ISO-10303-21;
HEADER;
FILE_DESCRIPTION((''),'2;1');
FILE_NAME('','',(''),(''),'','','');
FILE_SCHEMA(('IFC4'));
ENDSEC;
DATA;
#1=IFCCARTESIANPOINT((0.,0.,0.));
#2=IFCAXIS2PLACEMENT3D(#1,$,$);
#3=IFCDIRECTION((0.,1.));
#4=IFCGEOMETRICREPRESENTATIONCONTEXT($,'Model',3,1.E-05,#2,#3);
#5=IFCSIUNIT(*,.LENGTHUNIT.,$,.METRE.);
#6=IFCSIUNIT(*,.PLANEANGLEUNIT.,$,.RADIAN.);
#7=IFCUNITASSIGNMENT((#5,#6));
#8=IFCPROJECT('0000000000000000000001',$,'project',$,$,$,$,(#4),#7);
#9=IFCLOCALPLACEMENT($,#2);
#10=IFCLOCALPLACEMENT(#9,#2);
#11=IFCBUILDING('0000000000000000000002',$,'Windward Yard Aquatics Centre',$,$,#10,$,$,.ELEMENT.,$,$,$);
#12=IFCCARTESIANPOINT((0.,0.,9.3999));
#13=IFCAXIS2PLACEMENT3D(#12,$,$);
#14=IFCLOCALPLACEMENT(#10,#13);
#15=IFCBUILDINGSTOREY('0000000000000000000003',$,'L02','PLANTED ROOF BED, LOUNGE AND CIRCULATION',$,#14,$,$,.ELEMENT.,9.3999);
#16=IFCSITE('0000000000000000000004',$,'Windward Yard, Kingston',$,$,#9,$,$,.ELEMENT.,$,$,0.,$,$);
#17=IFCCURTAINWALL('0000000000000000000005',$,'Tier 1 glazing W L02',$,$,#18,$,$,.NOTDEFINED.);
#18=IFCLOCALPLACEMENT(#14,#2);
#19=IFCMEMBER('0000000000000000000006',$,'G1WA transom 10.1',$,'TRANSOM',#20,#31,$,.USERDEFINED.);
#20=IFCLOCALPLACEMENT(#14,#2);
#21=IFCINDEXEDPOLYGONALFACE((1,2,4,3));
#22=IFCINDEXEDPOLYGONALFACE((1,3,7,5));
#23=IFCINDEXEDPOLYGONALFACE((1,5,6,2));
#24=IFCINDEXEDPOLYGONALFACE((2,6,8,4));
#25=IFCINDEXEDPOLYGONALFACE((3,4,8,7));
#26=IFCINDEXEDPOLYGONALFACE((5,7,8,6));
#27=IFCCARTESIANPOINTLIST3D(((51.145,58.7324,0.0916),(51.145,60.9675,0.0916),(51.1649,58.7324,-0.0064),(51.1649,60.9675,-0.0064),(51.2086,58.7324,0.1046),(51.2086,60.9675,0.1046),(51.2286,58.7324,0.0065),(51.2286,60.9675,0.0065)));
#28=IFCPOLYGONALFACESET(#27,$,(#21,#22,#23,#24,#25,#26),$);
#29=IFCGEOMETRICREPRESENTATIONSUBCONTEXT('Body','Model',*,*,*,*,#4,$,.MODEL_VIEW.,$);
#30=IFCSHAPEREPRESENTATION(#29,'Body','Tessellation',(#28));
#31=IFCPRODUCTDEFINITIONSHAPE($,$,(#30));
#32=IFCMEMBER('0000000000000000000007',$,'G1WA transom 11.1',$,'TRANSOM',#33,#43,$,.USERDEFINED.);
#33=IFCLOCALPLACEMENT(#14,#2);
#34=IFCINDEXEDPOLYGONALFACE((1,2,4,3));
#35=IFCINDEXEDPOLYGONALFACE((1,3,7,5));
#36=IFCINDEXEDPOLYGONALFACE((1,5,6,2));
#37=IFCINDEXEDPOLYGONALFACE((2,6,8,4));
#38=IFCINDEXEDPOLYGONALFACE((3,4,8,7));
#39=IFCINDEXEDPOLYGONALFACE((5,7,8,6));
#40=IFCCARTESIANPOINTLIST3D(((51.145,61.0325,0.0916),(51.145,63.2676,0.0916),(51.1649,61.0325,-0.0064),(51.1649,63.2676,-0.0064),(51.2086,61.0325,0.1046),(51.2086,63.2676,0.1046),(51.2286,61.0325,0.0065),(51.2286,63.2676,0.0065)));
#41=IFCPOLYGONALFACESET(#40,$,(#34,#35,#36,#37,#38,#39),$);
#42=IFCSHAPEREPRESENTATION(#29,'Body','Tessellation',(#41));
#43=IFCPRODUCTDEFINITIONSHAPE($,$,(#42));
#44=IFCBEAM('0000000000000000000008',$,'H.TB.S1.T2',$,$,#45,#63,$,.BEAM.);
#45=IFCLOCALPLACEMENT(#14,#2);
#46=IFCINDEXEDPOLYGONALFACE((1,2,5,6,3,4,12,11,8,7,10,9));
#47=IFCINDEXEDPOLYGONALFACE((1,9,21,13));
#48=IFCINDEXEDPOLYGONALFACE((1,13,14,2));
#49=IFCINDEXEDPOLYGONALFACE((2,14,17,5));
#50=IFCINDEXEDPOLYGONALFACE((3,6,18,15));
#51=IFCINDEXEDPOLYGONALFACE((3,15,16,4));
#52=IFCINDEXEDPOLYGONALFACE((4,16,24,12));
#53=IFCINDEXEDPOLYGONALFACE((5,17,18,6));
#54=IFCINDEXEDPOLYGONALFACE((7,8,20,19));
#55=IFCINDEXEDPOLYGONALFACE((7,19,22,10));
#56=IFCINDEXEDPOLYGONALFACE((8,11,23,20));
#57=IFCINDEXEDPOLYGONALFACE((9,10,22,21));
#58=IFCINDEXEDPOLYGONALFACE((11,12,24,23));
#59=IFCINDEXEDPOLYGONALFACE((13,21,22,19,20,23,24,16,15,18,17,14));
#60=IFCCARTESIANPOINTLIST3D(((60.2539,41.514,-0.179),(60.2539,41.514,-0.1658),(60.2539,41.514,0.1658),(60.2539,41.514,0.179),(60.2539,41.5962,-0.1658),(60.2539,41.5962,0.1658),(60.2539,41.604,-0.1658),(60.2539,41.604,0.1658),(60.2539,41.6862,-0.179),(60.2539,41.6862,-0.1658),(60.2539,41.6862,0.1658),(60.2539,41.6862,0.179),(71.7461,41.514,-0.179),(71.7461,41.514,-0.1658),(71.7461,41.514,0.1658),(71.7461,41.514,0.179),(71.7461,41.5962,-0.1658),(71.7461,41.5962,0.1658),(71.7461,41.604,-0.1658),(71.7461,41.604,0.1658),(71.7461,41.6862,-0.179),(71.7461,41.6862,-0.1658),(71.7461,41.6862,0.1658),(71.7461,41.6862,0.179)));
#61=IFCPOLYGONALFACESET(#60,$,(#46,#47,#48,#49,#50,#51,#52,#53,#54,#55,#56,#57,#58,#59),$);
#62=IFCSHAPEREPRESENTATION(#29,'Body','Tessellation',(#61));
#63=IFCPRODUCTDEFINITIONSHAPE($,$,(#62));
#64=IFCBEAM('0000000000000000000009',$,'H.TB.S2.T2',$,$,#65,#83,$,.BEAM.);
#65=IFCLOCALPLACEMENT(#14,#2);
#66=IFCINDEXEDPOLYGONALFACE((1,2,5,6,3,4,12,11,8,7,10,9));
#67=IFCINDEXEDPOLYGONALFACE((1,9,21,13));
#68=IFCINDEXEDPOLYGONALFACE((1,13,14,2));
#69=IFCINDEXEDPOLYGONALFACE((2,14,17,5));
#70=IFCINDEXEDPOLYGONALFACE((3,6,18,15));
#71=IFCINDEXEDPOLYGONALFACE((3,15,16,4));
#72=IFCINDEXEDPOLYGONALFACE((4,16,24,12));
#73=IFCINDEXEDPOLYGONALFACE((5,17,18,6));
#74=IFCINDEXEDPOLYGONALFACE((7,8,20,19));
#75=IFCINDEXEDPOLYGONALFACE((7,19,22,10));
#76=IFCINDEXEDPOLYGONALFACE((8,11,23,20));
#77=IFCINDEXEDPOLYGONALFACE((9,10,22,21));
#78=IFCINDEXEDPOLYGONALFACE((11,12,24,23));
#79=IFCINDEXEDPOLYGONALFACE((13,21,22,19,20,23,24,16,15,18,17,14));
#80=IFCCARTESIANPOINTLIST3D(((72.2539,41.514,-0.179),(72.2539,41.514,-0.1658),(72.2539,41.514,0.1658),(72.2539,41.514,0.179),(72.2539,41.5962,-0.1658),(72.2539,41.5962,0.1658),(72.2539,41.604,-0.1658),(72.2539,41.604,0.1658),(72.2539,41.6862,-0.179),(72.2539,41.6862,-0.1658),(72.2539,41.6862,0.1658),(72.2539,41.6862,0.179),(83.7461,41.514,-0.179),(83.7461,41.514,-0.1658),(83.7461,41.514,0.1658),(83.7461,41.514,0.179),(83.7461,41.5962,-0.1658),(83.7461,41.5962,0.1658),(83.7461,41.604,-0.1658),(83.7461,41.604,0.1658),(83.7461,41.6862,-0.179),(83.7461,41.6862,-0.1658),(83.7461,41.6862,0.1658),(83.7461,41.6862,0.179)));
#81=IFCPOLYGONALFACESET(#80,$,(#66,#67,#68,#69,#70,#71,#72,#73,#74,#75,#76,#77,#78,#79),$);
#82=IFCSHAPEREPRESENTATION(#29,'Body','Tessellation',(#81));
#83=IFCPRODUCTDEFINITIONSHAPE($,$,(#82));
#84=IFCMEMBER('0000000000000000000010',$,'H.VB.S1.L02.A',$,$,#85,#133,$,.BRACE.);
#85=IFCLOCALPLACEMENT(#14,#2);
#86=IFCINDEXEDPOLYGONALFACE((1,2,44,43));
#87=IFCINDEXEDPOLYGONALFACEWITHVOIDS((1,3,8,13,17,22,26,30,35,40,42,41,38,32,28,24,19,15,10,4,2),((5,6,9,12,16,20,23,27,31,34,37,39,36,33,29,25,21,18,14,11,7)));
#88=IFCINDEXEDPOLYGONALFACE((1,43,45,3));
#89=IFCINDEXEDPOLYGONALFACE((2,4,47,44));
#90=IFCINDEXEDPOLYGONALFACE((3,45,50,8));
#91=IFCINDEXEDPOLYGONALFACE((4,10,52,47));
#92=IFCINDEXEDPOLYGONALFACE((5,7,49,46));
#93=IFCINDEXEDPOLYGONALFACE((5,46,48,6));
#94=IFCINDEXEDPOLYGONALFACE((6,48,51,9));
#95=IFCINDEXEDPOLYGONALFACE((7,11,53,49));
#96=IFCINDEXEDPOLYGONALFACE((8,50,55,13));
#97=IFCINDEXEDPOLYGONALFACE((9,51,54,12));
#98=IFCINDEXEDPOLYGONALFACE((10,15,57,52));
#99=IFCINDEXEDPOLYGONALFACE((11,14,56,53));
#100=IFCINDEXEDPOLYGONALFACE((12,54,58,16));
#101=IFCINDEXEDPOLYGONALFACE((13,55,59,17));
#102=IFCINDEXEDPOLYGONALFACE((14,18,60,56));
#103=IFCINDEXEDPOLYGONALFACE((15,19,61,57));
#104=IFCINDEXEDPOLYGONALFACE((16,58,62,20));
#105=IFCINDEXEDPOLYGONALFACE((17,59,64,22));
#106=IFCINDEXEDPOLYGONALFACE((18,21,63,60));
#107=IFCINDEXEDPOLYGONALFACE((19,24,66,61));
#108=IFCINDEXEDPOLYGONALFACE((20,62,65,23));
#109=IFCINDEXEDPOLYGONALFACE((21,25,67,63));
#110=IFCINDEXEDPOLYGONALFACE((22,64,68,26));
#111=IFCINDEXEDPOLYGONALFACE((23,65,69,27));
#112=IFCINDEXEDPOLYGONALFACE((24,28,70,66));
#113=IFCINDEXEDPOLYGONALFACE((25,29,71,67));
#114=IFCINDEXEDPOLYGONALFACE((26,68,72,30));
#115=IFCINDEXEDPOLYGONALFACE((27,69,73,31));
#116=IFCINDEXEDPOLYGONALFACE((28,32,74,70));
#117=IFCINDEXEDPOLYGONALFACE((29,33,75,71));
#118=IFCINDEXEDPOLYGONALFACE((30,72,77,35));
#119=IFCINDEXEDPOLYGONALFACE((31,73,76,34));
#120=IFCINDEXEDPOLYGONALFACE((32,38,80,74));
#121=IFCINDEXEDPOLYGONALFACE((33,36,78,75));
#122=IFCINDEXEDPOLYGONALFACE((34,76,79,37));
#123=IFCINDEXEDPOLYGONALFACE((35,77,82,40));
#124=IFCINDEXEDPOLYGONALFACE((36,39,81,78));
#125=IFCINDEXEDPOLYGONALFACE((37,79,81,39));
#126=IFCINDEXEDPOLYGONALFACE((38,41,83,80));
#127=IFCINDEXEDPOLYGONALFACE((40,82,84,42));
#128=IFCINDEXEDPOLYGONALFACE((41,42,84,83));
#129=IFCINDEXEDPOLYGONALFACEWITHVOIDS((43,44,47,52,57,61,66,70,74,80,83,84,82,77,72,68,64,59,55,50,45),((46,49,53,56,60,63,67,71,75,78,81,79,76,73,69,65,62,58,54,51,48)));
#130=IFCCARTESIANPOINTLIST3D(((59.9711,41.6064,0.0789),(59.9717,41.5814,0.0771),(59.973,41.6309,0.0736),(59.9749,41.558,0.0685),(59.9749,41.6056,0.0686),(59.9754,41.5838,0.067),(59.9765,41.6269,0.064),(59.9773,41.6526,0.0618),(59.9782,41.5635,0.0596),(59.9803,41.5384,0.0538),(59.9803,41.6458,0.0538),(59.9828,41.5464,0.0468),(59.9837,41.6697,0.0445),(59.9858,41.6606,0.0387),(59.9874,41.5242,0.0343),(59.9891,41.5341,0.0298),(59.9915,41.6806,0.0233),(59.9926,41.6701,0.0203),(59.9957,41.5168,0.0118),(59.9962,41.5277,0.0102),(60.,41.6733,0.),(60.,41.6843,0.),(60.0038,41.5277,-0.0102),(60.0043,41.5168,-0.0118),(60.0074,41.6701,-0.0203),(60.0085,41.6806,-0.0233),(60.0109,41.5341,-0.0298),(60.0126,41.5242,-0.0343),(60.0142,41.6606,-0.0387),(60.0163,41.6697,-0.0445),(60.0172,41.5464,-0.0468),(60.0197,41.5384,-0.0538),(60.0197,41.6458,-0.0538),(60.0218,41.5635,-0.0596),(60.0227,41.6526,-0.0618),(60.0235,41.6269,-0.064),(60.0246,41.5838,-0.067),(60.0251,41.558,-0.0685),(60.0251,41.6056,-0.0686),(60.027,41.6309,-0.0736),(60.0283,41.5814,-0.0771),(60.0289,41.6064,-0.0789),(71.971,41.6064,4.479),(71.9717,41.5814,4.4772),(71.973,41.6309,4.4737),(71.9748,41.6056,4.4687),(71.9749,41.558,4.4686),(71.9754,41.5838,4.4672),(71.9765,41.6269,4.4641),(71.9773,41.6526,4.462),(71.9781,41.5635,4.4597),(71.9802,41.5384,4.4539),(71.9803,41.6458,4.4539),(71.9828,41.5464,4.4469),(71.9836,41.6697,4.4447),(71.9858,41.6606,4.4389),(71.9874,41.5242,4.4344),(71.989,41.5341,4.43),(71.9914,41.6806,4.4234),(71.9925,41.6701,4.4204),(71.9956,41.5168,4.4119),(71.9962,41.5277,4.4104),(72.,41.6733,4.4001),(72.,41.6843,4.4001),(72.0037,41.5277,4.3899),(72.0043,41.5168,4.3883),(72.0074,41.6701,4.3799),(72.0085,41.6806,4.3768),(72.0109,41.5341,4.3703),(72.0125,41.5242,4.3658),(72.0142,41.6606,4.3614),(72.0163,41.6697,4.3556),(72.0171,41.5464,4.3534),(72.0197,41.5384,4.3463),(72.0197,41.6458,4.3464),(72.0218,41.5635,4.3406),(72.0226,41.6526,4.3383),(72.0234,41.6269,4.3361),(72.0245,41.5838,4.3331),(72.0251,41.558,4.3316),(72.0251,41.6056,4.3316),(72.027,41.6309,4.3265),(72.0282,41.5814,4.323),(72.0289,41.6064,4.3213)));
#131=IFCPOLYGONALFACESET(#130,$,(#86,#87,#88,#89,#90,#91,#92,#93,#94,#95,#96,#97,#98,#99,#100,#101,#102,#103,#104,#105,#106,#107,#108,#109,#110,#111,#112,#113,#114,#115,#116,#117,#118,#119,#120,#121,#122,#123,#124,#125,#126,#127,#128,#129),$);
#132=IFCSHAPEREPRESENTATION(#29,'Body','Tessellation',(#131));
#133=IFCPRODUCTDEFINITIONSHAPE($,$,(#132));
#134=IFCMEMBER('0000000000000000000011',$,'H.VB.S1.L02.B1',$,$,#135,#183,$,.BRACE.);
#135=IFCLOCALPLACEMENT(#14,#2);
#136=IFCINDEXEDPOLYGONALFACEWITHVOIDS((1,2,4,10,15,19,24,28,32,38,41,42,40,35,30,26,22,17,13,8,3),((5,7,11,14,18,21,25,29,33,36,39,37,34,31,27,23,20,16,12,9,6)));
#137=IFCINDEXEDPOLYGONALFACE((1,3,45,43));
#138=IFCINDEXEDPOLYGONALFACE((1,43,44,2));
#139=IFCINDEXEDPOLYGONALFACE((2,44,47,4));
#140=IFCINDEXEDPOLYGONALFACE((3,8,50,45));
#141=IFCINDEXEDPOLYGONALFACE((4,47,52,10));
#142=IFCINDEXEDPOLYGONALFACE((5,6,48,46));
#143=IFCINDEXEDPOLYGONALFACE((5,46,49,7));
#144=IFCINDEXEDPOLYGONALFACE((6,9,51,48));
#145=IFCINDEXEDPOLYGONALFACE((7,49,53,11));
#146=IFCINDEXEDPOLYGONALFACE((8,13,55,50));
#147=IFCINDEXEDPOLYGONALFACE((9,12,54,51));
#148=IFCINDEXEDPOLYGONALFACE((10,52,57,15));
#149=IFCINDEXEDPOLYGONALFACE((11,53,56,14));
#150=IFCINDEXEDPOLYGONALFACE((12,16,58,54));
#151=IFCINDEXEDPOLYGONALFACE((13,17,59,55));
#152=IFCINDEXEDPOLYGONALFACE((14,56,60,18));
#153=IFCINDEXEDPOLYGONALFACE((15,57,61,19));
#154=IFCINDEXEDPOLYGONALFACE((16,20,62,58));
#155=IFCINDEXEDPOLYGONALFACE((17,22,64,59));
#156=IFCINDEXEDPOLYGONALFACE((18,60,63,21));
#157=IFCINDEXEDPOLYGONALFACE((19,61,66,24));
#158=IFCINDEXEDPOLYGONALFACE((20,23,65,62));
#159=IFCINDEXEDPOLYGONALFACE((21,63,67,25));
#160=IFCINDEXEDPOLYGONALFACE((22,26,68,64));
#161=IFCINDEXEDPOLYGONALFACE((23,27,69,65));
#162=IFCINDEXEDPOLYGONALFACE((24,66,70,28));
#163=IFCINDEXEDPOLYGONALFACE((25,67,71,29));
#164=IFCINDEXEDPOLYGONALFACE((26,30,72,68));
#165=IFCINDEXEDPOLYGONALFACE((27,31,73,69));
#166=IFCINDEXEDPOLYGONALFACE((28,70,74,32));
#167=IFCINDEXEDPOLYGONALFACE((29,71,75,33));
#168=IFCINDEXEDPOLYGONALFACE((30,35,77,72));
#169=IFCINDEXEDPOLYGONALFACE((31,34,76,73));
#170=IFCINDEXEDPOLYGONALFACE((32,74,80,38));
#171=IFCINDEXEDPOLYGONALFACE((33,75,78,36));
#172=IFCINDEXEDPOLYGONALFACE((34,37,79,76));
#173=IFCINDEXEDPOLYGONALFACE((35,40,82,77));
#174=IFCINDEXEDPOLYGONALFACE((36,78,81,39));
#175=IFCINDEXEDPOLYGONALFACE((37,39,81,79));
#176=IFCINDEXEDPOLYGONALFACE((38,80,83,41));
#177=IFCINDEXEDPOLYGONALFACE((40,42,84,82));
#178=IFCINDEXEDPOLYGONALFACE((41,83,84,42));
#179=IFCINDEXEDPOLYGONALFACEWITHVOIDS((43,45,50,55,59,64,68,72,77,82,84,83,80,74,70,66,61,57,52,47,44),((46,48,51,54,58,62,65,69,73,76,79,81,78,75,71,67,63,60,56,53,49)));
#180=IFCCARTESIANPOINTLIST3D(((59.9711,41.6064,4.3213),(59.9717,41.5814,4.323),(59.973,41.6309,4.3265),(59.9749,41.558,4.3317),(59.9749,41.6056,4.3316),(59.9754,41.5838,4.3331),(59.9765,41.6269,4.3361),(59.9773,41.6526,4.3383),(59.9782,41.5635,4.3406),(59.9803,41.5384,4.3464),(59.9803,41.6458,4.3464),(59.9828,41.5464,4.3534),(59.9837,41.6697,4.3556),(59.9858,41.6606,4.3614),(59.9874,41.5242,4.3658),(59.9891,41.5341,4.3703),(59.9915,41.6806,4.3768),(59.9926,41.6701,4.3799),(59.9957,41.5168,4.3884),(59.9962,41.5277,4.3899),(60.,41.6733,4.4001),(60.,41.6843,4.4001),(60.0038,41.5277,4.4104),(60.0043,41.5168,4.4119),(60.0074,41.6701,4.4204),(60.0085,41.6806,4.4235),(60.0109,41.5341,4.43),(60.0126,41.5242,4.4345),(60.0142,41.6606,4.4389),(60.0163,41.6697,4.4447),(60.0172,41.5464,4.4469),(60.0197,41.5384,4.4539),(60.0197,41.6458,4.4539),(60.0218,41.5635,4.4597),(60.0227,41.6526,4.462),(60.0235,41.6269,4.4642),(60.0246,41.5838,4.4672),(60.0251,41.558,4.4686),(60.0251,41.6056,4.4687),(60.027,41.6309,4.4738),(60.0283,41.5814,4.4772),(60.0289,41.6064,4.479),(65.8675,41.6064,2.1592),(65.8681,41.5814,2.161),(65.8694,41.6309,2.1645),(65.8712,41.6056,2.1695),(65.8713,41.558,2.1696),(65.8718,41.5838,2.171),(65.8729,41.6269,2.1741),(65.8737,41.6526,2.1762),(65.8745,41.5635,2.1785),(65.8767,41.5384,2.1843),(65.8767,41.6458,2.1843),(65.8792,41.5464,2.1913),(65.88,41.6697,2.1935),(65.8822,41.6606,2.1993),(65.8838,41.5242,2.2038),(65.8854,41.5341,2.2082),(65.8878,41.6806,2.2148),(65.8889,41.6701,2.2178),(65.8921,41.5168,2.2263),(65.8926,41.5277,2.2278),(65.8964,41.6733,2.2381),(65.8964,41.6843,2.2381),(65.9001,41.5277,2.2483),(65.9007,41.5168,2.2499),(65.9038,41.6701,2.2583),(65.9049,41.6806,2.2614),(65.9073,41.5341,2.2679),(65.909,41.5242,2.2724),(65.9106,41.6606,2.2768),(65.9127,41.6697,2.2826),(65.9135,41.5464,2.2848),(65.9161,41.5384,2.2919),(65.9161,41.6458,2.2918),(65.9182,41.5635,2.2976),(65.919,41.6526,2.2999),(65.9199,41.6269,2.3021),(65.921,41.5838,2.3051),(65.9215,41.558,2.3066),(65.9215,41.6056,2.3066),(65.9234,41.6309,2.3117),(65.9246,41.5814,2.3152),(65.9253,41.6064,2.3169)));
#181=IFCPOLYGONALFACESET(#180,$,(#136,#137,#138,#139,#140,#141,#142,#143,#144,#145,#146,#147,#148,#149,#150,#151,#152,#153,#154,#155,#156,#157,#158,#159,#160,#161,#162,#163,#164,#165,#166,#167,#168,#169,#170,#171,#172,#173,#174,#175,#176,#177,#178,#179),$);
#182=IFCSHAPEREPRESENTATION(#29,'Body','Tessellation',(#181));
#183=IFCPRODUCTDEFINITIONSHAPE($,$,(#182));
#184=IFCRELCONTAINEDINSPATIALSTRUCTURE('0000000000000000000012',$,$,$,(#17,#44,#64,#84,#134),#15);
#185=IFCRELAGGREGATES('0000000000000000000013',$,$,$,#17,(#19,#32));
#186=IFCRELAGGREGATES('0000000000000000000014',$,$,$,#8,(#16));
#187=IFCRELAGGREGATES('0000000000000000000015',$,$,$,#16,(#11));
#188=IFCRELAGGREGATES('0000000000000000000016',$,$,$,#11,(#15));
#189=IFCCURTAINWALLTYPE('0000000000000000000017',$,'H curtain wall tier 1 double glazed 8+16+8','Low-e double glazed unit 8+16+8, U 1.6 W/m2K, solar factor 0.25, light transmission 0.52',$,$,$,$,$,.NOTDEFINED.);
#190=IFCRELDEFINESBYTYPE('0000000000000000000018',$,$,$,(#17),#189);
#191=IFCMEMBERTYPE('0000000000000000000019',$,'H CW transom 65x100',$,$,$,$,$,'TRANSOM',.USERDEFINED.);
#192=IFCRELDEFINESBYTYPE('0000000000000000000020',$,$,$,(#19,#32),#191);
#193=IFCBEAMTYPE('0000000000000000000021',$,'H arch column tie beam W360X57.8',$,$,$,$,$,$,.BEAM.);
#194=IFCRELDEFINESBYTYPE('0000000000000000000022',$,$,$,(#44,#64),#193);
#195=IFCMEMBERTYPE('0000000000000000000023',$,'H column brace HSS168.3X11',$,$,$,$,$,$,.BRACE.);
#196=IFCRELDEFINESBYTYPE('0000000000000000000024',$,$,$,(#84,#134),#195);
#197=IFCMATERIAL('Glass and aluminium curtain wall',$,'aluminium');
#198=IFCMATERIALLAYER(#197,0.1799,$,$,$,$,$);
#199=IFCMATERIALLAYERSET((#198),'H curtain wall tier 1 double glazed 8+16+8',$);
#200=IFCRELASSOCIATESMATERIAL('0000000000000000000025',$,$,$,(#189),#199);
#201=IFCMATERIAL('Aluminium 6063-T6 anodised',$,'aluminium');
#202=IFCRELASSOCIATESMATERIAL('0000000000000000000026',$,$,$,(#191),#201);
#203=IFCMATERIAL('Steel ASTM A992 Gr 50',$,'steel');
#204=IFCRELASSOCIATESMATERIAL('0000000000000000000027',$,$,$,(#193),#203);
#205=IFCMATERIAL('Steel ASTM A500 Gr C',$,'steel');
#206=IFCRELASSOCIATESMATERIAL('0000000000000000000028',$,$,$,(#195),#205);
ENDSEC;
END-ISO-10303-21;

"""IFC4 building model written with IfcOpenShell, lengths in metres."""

from ifc_helpers import new_model, si_unit, direction, frame, origin, origin_2d, place, context, subcontext, project, spatial, rectangle, hollow_circle, i_section, extrude, material, layer, layer_set, material_profile, profile_set, type_object, element, aggregate, save


model = new_model("IFC4")

# Units and contexts
model_context = context("Model", 3, precision=1e-05, world=origin(), true_north=direction((0.0, 1.0)))
body_context = subcontext(model_context, "Body", "Model", "MODEL_VIEW")
ifc_project = project(units=[si_unit("LENGTHUNIT", "METRE"), si_unit("PLANEANGLEUNIT", "RADIAN")], contexts=[model_context])

# Site, building, storey
site_placement = place(None, origin())
site = spatial("IfcSite", under=ifc_project, at=site_placement, Name="Windward Yard, Kingston", CompositionType="ELEMENT", RefElevation=0.0)
building_placement = place(site_placement, origin())
building = spatial("IfcBuilding", under=site, at=building_placement, Name="Windward Yard Aquatics Centre", CompositionType="ELEMENT")
storey_placement = place(building_placement, frame((0.0, 0.0, 9.3999)))
storey = spatial("IfcBuildingStorey", under=building, at=storey_placement, Name="L02", Description="PLANTED ROOF BED, LOUNGE AND CIRCULATION", CompositionType="ELEMENT", Elevation=9.3999)

# Shared definitions
ifc_material_1 = material(Name="Steel ASTM A500 Gr C", Category="steel")

# Curtain wall, members
ifc_material_2 = material(Name="Glass and aluminium curtain wall", Category="aluminium")
ifc_layer_1 = layer(ifc_material_2, 0.1799)
ifc_layer_set_1 = layer_set([ifc_layer_1], Name="H curtain wall tier 1 double glazed 8+16+8")
curtain_wall_type = type_object("IfcCurtainWallType", Name="H curtain wall tier 1 double glazed 8+16+8", Description="Low-e double glazed unit 8+16+8, U 1.6 W/m2K, solar factor 0.25, light transmission 0.52", PredefinedType="NOTDEFINED", material=ifc_layer_set_1)
curtain_wall_placement = place(storey_placement, origin())
curtain_wall = element("IfcCurtainWall", 1, at=curtain_wall_placement, inside=storey, type_object=curtain_wall_type, Name="Tier 1 glazing W L02", PredefinedType="NOTDEFINED")
ifc_material_3 = material(Name="Aluminium 6063-T6 anodised", Category="aluminium")
ifc_material_profile_1 = material_profile(ifc_material_3, rectangle(XDim=0.0649, YDim=0.1001, at=origin_2d()), Name="H CW transom 65x100")
ifc_profile_set_1 = profile_set([ifc_material_profile_1], Name="Aluminium 6063-T6 anodised")
member_type_1 = type_object("IfcMemberType", Name="H CW transom 65x100", ElementType="TRANSOM", PredefinedType="USERDEFINED", material=ifc_profile_set_1)
member_1_placement = place(storey_placement, frame((51.1868, 58.7324, 0.0491), z_axis=(0.0, 1.0, 0.0), x_axis=(0.979925, 0.0, 0.199368)))
member_1 = element("IfcMember", 2, at=member_1_placement, type_object=member_type_1, Name="G1WA transom 10.1", ObjectType="TRANSOM", PredefinedType="USERDEFINED", context=body_context, shape_type="SweptSolid", body=[
    extrude(rectangle(XDim=0.0649, YDim=0.1001, at=origin_2d()), origin(), (0.0, 0.0, 1.0), 2.2351),
])
member_2_placement = place(storey_placement, frame((51.1868, 61.0325, 0.0491), z_axis=(0.0, 1.0, 0.0), x_axis=(0.979925, 0.0, 0.199368)))
member_2 = element("IfcMember", 3, at=member_2_placement, type_object=member_type_1, Name="G1WA transom 11.1", ObjectType="TRANSOM", PredefinedType="USERDEFINED", context=body_context, shape_type="SweptSolid", body=[
    extrude(rectangle(XDim=0.0649, YDim=0.1001, at=origin_2d()), origin(), (0.0, 0.0, 1.0), 2.2351),
])
aggregate(curtain_wall, [member_1, member_2])

# Beams
ifc_material_4 = material(Name="Steel ASTM A992 Gr 50", Category="steel")
ifc_material_profile_2 = material_profile(ifc_material_4, i_section(OverallWidth=0.1721, OverallDepth=0.3579, WebThickness=0.0078, FlangeThickness=0.0132, at=origin_2d()), Name="W360X57.8")
ifc_profile_set_2 = profile_set([ifc_material_profile_2], Name="Steel ASTM A992 Gr 50")
beam_type_1 = type_object("IfcBeamType", Name="H arch column tie beam W360X57.8", PredefinedType="BEAM", material=ifc_profile_set_2)
for number, where, z_axis, x_axis, name in (
    (4, (60.2539, 41.6001, 0.0), (1.0, 0.0, 0.0), (0.0, 1.0, 0.0), "H.TB.S1.T2"),
    (5, (72.2539, 41.6001, 0.0), (1.0, 0.0, 0.0), (0.0, 1.0, 0.0), "H.TB.S2.T2"),
):
    element("IfcBeam", number, at=place(storey_placement, frame(where, z_axis=z_axis, x_axis=x_axis)), inside=storey, type_object=beam_type_1, Name=name, PredefinedType="BEAM", context=body_context, shape_type="SweptSolid", body=[
        extrude(i_section(OverallWidth=0.1721, OverallDepth=0.3579, WebThickness=0.0078, FlangeThickness=0.0132, at=origin_2d()), origin(), (0.0, 0.0, 1.0), 11.4922),
    ])

# Members
ifc_material_profile_3 = material_profile(ifc_material_1, hollow_circle(Radius=0.0842, WallThickness=0.011, at=origin_2d()), Name="HSS168.3X11")
ifc_profile_set_3 = profile_set([ifc_material_profile_3], Name="Steel ASTM A500 Gr C")
member_type_2 = type_object("IfcMemberType", Name="H column brace HSS168.3X11", PredefinedType="BRACE", material=ifc_profile_set_3)
member_3_placement = place(storey_placement, frame((60.0, 41.6001, 0.0), z_axis=(0.938873, 0.0, 0.344265), x_axis=(0.0, 1.0, 0.0)))
element("IfcMember", 6, at=member_3_placement, inside=storey, type_object=member_type_2, Name="H.VB.S1.L02.A", PredefinedType="BRACE", context=body_context, shape_type="SweptSolid", body=[
    extrude(hollow_circle(Radius=0.0842, WallThickness=0.011, at=origin_2d()), origin(), (0.0, 0.0, 1.0), 12.7812),
])
for number, where, z_axis, x_axis, name in (
    (7, (60.0, 41.6001, 4.4001), (0.938873, 0.0, -0.344264), (0.0, 1.0, 0.0), "H.VB.S1.L02.B1"),
):
    element("IfcMember", number, at=place(storey_placement, frame(where, z_axis=z_axis, x_axis=x_axis)), inside=storey, type_object=member_type_2, Name=name, PredefinedType="BRACE", context=body_context, shape_type="SweptSolid", body=[
        extrude(hollow_circle(Radius=0.0842, WallThickness=0.011, at=origin_2d()), origin(), (0.0, 0.0, 1.0), 6.2803),
    ])

save(model, "model.ifc")
